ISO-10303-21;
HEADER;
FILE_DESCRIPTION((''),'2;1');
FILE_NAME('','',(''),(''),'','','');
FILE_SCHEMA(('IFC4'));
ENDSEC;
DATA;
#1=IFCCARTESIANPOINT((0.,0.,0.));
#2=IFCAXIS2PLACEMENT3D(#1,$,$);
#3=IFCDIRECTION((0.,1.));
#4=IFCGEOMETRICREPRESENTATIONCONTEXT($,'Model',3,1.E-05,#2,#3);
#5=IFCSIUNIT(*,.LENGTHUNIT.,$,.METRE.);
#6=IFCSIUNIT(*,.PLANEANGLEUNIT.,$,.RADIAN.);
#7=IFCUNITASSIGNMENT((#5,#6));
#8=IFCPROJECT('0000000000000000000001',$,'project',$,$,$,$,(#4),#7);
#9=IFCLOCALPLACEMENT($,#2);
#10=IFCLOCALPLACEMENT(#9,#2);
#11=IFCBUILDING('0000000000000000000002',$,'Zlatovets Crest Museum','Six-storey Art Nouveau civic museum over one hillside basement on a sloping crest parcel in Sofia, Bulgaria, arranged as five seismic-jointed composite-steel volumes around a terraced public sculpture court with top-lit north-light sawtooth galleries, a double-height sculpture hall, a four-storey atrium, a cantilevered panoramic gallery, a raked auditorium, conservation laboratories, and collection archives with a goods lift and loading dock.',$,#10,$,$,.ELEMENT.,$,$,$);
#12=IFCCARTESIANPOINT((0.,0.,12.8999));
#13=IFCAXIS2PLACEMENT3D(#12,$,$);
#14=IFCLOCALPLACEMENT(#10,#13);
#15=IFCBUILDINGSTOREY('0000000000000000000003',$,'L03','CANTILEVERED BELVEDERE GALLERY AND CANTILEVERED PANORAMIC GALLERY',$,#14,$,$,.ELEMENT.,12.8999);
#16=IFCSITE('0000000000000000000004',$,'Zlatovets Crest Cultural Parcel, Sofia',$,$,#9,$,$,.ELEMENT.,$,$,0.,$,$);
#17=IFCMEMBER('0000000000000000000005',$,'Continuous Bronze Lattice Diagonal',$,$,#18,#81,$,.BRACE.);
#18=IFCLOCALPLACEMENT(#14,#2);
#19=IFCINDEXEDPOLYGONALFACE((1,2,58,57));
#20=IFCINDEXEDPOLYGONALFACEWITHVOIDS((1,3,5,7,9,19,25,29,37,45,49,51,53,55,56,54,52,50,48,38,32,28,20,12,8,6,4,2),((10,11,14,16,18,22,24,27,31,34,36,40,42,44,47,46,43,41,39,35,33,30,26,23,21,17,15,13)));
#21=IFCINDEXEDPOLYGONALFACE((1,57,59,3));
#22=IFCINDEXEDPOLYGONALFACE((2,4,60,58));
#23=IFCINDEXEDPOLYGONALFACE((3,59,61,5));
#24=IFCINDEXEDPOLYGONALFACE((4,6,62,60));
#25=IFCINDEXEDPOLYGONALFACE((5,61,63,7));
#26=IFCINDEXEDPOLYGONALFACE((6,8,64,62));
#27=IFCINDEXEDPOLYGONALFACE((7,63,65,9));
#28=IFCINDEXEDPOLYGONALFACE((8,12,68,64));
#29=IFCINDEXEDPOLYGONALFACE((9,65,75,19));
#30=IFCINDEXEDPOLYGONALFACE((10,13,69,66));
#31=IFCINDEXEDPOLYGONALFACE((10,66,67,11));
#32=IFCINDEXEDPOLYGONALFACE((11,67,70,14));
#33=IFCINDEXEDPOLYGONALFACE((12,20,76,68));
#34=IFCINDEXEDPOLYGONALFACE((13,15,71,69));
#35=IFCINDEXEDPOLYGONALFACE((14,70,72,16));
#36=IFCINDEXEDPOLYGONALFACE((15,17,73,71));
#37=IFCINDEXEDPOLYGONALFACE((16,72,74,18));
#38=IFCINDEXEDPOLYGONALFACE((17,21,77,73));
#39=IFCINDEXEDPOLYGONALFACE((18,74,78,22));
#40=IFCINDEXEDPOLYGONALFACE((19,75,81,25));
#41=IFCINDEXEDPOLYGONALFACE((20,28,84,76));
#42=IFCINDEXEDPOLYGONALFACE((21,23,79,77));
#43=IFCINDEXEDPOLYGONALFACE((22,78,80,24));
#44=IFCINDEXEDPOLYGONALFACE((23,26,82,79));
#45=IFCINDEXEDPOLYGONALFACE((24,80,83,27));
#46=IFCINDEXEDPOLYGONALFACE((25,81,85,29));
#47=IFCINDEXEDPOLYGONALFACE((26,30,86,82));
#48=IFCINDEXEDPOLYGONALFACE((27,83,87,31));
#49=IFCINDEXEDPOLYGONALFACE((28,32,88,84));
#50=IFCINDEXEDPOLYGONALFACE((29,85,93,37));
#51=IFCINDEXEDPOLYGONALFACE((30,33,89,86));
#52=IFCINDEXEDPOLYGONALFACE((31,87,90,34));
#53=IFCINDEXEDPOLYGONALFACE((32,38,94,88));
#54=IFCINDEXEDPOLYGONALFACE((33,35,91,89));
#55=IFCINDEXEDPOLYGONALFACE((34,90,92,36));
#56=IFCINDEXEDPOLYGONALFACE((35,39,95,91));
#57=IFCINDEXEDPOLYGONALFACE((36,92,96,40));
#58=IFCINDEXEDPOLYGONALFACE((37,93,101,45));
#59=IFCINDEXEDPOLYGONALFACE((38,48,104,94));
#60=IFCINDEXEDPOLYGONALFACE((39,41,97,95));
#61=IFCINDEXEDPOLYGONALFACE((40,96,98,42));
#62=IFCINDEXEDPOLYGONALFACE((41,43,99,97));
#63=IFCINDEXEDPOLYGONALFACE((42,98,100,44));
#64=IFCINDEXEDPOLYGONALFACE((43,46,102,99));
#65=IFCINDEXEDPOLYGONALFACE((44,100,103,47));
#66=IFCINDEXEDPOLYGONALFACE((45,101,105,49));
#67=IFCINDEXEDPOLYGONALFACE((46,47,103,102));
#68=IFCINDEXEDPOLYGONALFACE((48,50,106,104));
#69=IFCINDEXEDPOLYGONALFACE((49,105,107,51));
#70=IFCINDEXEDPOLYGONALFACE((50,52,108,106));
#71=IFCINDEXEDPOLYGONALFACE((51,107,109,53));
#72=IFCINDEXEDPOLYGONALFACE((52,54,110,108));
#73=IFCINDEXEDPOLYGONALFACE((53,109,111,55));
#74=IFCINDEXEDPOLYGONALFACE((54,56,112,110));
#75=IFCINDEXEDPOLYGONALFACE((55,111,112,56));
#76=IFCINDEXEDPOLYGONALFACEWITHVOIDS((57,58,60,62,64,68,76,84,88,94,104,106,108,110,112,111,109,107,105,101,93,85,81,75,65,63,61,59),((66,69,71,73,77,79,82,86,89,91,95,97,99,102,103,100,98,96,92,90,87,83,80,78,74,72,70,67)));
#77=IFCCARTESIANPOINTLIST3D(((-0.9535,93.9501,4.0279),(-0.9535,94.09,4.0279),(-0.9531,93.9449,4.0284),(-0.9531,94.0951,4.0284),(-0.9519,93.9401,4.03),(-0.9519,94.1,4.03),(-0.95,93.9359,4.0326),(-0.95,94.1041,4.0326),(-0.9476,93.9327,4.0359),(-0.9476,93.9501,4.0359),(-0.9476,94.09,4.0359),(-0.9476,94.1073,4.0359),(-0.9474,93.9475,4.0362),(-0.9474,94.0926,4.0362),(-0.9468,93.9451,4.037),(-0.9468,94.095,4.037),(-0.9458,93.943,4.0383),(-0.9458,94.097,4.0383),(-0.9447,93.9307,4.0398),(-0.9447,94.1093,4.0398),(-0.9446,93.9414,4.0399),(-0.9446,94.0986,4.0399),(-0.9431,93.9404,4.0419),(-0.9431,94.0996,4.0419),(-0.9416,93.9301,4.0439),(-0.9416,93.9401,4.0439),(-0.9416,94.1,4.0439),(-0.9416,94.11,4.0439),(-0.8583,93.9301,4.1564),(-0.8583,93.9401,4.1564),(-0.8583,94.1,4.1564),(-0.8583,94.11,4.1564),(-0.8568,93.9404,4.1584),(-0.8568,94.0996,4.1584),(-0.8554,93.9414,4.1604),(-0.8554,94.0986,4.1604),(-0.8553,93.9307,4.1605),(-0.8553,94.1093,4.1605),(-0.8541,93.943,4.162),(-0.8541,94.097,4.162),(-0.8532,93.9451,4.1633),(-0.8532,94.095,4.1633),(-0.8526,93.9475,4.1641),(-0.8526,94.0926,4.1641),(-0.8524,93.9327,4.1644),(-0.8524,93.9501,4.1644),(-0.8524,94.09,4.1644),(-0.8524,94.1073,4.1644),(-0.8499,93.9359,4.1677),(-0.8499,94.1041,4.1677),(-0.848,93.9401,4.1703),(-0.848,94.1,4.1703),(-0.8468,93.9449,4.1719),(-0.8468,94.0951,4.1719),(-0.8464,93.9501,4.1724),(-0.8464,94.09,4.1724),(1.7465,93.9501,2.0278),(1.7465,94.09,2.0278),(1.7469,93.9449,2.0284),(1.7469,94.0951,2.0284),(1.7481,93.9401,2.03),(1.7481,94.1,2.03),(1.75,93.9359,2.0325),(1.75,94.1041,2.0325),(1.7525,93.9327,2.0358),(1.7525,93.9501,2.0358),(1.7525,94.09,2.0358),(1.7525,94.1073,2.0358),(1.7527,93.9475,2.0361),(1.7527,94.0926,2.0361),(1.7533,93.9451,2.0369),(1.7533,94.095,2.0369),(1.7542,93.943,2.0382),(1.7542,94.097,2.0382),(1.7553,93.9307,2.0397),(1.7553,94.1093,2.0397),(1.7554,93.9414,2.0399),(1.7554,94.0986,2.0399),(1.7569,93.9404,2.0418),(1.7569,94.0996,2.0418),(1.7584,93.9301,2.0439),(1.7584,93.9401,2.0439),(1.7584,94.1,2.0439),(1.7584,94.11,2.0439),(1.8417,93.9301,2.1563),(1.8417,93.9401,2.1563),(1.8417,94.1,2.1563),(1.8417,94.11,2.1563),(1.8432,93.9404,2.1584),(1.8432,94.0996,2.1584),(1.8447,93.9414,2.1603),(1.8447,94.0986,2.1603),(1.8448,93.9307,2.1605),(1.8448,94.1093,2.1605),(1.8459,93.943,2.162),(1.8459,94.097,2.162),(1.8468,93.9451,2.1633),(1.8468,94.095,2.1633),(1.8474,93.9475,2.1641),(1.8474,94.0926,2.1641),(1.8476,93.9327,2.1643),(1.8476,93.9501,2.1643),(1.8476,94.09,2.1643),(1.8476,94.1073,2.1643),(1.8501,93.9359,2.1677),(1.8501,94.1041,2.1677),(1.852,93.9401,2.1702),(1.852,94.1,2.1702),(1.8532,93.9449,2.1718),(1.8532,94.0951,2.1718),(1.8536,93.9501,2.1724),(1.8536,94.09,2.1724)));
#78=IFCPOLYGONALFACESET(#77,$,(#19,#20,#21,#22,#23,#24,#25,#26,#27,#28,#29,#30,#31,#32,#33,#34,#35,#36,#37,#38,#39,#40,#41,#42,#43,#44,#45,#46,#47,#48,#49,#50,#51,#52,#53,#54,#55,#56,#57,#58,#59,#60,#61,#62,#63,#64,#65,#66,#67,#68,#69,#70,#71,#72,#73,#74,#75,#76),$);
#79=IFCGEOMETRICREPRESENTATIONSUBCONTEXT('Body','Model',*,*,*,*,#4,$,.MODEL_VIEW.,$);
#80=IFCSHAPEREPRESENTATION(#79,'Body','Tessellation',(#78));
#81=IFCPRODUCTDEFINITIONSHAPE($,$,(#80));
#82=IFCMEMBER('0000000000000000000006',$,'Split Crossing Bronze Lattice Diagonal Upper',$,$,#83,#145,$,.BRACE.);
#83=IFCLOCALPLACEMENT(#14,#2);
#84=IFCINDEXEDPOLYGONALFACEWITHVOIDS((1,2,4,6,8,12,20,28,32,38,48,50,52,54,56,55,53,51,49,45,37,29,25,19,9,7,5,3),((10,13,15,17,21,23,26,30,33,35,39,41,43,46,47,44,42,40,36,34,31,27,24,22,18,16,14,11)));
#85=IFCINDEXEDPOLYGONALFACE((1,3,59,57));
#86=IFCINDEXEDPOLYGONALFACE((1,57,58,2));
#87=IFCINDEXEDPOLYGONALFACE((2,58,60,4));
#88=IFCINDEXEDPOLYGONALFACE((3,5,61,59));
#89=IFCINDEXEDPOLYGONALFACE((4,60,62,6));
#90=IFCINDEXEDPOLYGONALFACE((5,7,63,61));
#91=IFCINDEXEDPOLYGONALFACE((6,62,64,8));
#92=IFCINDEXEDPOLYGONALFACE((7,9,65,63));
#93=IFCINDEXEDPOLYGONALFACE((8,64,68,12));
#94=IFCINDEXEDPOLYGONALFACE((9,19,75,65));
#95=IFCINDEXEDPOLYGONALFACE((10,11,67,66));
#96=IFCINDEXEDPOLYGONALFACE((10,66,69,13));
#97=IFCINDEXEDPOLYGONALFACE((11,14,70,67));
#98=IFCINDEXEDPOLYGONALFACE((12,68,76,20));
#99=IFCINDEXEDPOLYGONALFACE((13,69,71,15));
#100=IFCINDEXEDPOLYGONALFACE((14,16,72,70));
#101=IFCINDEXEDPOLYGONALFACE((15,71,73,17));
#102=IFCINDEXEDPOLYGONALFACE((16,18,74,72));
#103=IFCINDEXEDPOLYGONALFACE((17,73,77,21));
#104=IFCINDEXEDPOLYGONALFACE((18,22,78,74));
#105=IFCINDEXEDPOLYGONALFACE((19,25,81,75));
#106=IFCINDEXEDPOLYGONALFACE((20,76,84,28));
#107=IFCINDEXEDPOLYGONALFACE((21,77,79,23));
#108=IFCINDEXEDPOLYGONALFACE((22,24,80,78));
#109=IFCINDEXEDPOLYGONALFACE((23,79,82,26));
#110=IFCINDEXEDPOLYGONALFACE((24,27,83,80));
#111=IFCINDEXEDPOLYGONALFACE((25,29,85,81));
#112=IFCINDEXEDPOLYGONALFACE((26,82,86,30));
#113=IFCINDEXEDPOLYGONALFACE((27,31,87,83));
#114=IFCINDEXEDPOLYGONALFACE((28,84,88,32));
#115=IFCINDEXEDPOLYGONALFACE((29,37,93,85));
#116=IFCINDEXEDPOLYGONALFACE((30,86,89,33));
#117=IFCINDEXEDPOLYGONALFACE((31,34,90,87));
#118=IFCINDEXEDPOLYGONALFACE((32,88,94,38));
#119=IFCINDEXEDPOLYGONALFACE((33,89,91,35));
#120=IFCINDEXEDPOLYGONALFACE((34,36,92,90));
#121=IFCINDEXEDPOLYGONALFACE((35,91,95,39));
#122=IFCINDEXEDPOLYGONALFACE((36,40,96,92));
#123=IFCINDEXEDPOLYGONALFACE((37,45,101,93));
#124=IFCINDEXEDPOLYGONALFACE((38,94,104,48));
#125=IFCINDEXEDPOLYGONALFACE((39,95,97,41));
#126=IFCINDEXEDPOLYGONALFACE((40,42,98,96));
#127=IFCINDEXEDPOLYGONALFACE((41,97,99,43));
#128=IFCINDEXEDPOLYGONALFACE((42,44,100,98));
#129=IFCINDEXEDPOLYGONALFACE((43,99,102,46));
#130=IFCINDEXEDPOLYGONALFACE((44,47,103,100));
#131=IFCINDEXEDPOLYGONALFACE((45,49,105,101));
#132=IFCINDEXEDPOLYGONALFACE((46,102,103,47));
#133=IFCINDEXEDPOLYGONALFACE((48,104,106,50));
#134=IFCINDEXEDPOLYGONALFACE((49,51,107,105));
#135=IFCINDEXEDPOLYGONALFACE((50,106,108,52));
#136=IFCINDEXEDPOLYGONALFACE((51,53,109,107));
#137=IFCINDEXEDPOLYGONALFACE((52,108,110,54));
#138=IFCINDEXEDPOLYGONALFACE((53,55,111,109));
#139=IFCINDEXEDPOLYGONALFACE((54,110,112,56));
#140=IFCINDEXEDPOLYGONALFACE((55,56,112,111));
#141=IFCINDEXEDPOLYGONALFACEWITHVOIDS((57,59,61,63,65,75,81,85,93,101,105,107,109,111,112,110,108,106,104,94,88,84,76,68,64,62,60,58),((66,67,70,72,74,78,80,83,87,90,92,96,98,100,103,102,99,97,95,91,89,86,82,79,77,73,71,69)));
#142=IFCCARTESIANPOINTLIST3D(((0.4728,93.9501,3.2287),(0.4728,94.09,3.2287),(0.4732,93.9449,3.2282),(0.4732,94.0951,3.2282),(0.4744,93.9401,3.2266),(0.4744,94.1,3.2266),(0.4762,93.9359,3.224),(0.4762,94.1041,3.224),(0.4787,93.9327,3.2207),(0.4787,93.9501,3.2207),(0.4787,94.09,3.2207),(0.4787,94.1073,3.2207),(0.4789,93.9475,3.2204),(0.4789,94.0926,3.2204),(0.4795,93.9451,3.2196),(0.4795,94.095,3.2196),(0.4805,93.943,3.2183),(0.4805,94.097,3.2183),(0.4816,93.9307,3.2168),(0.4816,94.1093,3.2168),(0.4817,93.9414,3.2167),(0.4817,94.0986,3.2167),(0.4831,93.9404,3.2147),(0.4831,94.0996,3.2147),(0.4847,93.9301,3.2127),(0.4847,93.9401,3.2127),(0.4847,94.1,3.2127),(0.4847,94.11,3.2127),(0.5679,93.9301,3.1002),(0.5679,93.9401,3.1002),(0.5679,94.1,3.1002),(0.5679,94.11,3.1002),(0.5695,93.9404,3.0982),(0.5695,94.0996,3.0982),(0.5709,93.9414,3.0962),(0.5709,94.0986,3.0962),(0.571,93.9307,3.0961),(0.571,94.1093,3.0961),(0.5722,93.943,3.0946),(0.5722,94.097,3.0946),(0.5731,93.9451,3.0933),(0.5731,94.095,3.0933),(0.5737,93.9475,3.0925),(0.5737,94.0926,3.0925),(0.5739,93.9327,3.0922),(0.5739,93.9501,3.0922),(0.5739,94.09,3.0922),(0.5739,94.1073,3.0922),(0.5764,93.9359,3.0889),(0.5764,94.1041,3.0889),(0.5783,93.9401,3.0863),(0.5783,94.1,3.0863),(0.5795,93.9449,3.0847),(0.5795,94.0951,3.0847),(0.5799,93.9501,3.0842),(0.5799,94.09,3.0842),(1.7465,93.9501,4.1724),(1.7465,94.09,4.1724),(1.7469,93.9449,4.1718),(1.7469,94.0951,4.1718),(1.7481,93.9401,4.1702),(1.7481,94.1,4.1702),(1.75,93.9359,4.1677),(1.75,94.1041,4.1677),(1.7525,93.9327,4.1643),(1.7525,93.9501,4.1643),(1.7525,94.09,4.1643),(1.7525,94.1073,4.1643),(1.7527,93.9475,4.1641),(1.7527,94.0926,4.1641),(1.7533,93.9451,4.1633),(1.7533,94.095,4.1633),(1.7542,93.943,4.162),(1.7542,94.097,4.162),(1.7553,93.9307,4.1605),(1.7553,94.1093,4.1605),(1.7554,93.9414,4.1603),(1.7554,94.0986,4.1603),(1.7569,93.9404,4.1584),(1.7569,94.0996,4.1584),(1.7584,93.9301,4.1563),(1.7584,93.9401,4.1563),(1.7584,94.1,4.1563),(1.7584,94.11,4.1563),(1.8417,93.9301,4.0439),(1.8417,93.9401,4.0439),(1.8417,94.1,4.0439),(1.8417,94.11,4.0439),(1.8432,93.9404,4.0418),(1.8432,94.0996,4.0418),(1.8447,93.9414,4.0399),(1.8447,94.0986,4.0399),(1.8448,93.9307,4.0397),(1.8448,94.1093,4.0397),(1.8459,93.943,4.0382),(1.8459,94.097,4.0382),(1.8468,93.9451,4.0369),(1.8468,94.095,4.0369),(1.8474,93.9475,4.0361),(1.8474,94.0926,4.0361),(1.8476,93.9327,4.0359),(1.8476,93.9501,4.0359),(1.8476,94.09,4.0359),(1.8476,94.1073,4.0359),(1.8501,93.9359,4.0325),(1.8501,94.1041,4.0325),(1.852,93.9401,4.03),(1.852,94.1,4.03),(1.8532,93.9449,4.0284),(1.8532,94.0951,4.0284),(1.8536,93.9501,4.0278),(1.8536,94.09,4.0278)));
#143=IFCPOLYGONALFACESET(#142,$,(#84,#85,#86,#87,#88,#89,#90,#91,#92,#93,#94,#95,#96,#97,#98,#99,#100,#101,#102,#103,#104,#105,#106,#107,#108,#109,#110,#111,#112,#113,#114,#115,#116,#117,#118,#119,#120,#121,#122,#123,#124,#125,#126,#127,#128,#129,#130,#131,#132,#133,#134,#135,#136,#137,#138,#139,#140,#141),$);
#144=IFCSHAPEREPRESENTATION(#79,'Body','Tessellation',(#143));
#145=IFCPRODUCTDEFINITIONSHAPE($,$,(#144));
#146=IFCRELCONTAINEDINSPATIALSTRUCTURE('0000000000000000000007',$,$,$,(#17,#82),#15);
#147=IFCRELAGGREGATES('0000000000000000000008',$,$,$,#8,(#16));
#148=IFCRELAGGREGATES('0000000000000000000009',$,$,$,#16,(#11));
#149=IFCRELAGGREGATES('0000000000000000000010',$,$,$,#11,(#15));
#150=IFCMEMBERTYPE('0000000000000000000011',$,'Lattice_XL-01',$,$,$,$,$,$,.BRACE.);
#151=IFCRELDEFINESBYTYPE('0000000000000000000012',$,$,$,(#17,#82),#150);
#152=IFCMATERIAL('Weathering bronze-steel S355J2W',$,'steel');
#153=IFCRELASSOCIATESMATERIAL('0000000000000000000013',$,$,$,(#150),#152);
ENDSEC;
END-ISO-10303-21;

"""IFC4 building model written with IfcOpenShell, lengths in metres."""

from ifc_helpers import new_model, si_unit, direction, frame, origin, origin_2d, place, context, subcontext, project, spatial, hollow_rectangle, extrude, material, material_profile, profile_set, type_object, element, save


model = new_model("IFC4")

# Units and contexts
model_context = context("Model", 3, precision=1e-05, world=origin(), true_north=direction((0.0, 1.0)))
body_context = subcontext(model_context, "Body", "Model", "MODEL_VIEW")
ifc_project = project(units=[si_unit("LENGTHUNIT", "METRE"), si_unit("PLANEANGLEUNIT", "RADIAN")], contexts=[model_context])

# Site, building, storey
site_placement = place(None, origin())
site = spatial("IfcSite", under=ifc_project, at=site_placement, Name="Zlatovets Crest Cultural Parcel, Sofia", CompositionType="ELEMENT", RefElevation=0.0)
building_placement = place(site_placement, origin())
building = spatial("IfcBuilding", under=site, at=building_placement, Name="Zlatovets Crest Museum", Description="Six-storey Art Nouveau civic museum over one hillside basement on a sloping crest parcel in Sofia, Bulgaria, arranged as five seismic-jointed composite-steel volumes around a terraced public sculpture court with top-lit north-light sawtooth galleries, a double-height sculpture hall, a four-storey atrium, a cantilevered panoramic gallery, a raked auditorium, conservation laboratories, and collection archives with a goods lift and loading dock.", CompositionType="ELEMENT")
storey_placement = place(building_placement, frame((0.0, 0.0, 12.8999)))
storey = spatial("IfcBuildingStorey", under=building, at=storey_placement, Name="L03", Description="CANTILEVERED BELVEDERE GALLERY AND CANTILEVERED PANORAMIC GALLERY", CompositionType="ELEMENT", Elevation=12.8999)

# Members
ifc_material_1 = material(Name="Weathering bronze-steel S355J2W", Category="steel")
ifc_material_profile_1 = material_profile(ifc_material_1, hollow_rectangle(XDim=0.1799, YDim=0.1799, WallThickness=0.01, InnerFilletRadius=0.01, OuterFilletRadius=0.02, at=origin_2d()), Name="SHS 180x180x10.0")
ifc_profile_set_1 = profile_set([ifc_material_profile_1], Name="Weathering bronze-steel S355J2W")
member_type_1 = type_object("IfcMemberType", Name="Lattice_XL-01", PredefinedType="BRACE", material=ifc_profile_set_1)
member_1_placement = place(storey_placement, frame((1.8, 94.02, 2.1001), z_axis=(-0.803552, 0.0, 0.595235), x_axis=(0.0, -1.0, 0.0)))
element("IfcMember", 1, at=member_1_placement, inside=storey, type_object=member_type_1, Name="Continuous Bronze Lattice Diagonal", PredefinedType="BRACE", context=body_context, shape_type="SweptSolid", body=[
    extrude(hollow_rectangle(XDim=0.1799, YDim=0.1799, WallThickness=0.01, InnerFilletRadius=0.01, OuterFilletRadius=0.02, at=origin_2d()), origin(), (0.0, 0.0, 1.0), 3.3601),
])
for number, where, z_axis, x_axis, name in (
    (2, (1.8, 94.02, 4.1001), (-0.803516, 0.0, -0.595283), (0.0, -1.0, 0.0), "Split Crossing Bronze Lattice Diagonal Upper"),
):
    element("IfcMember", number, at=place(storey_placement, frame(where, z_axis=z_axis, x_axis=x_axis)), inside=storey, type_object=member_type_1, Name=name, PredefinedType="BRACE", context=body_context, shape_type="SweptSolid", body=[
        extrude(hollow_rectangle(XDim=0.1799, YDim=0.1799, WallThickness=0.01, InnerFilletRadius=0.01, OuterFilletRadius=0.02, at=origin_2d()), origin(), (0.0, 0.0, 1.0), 1.5852),
    ])

save(model, "model.ifc")
